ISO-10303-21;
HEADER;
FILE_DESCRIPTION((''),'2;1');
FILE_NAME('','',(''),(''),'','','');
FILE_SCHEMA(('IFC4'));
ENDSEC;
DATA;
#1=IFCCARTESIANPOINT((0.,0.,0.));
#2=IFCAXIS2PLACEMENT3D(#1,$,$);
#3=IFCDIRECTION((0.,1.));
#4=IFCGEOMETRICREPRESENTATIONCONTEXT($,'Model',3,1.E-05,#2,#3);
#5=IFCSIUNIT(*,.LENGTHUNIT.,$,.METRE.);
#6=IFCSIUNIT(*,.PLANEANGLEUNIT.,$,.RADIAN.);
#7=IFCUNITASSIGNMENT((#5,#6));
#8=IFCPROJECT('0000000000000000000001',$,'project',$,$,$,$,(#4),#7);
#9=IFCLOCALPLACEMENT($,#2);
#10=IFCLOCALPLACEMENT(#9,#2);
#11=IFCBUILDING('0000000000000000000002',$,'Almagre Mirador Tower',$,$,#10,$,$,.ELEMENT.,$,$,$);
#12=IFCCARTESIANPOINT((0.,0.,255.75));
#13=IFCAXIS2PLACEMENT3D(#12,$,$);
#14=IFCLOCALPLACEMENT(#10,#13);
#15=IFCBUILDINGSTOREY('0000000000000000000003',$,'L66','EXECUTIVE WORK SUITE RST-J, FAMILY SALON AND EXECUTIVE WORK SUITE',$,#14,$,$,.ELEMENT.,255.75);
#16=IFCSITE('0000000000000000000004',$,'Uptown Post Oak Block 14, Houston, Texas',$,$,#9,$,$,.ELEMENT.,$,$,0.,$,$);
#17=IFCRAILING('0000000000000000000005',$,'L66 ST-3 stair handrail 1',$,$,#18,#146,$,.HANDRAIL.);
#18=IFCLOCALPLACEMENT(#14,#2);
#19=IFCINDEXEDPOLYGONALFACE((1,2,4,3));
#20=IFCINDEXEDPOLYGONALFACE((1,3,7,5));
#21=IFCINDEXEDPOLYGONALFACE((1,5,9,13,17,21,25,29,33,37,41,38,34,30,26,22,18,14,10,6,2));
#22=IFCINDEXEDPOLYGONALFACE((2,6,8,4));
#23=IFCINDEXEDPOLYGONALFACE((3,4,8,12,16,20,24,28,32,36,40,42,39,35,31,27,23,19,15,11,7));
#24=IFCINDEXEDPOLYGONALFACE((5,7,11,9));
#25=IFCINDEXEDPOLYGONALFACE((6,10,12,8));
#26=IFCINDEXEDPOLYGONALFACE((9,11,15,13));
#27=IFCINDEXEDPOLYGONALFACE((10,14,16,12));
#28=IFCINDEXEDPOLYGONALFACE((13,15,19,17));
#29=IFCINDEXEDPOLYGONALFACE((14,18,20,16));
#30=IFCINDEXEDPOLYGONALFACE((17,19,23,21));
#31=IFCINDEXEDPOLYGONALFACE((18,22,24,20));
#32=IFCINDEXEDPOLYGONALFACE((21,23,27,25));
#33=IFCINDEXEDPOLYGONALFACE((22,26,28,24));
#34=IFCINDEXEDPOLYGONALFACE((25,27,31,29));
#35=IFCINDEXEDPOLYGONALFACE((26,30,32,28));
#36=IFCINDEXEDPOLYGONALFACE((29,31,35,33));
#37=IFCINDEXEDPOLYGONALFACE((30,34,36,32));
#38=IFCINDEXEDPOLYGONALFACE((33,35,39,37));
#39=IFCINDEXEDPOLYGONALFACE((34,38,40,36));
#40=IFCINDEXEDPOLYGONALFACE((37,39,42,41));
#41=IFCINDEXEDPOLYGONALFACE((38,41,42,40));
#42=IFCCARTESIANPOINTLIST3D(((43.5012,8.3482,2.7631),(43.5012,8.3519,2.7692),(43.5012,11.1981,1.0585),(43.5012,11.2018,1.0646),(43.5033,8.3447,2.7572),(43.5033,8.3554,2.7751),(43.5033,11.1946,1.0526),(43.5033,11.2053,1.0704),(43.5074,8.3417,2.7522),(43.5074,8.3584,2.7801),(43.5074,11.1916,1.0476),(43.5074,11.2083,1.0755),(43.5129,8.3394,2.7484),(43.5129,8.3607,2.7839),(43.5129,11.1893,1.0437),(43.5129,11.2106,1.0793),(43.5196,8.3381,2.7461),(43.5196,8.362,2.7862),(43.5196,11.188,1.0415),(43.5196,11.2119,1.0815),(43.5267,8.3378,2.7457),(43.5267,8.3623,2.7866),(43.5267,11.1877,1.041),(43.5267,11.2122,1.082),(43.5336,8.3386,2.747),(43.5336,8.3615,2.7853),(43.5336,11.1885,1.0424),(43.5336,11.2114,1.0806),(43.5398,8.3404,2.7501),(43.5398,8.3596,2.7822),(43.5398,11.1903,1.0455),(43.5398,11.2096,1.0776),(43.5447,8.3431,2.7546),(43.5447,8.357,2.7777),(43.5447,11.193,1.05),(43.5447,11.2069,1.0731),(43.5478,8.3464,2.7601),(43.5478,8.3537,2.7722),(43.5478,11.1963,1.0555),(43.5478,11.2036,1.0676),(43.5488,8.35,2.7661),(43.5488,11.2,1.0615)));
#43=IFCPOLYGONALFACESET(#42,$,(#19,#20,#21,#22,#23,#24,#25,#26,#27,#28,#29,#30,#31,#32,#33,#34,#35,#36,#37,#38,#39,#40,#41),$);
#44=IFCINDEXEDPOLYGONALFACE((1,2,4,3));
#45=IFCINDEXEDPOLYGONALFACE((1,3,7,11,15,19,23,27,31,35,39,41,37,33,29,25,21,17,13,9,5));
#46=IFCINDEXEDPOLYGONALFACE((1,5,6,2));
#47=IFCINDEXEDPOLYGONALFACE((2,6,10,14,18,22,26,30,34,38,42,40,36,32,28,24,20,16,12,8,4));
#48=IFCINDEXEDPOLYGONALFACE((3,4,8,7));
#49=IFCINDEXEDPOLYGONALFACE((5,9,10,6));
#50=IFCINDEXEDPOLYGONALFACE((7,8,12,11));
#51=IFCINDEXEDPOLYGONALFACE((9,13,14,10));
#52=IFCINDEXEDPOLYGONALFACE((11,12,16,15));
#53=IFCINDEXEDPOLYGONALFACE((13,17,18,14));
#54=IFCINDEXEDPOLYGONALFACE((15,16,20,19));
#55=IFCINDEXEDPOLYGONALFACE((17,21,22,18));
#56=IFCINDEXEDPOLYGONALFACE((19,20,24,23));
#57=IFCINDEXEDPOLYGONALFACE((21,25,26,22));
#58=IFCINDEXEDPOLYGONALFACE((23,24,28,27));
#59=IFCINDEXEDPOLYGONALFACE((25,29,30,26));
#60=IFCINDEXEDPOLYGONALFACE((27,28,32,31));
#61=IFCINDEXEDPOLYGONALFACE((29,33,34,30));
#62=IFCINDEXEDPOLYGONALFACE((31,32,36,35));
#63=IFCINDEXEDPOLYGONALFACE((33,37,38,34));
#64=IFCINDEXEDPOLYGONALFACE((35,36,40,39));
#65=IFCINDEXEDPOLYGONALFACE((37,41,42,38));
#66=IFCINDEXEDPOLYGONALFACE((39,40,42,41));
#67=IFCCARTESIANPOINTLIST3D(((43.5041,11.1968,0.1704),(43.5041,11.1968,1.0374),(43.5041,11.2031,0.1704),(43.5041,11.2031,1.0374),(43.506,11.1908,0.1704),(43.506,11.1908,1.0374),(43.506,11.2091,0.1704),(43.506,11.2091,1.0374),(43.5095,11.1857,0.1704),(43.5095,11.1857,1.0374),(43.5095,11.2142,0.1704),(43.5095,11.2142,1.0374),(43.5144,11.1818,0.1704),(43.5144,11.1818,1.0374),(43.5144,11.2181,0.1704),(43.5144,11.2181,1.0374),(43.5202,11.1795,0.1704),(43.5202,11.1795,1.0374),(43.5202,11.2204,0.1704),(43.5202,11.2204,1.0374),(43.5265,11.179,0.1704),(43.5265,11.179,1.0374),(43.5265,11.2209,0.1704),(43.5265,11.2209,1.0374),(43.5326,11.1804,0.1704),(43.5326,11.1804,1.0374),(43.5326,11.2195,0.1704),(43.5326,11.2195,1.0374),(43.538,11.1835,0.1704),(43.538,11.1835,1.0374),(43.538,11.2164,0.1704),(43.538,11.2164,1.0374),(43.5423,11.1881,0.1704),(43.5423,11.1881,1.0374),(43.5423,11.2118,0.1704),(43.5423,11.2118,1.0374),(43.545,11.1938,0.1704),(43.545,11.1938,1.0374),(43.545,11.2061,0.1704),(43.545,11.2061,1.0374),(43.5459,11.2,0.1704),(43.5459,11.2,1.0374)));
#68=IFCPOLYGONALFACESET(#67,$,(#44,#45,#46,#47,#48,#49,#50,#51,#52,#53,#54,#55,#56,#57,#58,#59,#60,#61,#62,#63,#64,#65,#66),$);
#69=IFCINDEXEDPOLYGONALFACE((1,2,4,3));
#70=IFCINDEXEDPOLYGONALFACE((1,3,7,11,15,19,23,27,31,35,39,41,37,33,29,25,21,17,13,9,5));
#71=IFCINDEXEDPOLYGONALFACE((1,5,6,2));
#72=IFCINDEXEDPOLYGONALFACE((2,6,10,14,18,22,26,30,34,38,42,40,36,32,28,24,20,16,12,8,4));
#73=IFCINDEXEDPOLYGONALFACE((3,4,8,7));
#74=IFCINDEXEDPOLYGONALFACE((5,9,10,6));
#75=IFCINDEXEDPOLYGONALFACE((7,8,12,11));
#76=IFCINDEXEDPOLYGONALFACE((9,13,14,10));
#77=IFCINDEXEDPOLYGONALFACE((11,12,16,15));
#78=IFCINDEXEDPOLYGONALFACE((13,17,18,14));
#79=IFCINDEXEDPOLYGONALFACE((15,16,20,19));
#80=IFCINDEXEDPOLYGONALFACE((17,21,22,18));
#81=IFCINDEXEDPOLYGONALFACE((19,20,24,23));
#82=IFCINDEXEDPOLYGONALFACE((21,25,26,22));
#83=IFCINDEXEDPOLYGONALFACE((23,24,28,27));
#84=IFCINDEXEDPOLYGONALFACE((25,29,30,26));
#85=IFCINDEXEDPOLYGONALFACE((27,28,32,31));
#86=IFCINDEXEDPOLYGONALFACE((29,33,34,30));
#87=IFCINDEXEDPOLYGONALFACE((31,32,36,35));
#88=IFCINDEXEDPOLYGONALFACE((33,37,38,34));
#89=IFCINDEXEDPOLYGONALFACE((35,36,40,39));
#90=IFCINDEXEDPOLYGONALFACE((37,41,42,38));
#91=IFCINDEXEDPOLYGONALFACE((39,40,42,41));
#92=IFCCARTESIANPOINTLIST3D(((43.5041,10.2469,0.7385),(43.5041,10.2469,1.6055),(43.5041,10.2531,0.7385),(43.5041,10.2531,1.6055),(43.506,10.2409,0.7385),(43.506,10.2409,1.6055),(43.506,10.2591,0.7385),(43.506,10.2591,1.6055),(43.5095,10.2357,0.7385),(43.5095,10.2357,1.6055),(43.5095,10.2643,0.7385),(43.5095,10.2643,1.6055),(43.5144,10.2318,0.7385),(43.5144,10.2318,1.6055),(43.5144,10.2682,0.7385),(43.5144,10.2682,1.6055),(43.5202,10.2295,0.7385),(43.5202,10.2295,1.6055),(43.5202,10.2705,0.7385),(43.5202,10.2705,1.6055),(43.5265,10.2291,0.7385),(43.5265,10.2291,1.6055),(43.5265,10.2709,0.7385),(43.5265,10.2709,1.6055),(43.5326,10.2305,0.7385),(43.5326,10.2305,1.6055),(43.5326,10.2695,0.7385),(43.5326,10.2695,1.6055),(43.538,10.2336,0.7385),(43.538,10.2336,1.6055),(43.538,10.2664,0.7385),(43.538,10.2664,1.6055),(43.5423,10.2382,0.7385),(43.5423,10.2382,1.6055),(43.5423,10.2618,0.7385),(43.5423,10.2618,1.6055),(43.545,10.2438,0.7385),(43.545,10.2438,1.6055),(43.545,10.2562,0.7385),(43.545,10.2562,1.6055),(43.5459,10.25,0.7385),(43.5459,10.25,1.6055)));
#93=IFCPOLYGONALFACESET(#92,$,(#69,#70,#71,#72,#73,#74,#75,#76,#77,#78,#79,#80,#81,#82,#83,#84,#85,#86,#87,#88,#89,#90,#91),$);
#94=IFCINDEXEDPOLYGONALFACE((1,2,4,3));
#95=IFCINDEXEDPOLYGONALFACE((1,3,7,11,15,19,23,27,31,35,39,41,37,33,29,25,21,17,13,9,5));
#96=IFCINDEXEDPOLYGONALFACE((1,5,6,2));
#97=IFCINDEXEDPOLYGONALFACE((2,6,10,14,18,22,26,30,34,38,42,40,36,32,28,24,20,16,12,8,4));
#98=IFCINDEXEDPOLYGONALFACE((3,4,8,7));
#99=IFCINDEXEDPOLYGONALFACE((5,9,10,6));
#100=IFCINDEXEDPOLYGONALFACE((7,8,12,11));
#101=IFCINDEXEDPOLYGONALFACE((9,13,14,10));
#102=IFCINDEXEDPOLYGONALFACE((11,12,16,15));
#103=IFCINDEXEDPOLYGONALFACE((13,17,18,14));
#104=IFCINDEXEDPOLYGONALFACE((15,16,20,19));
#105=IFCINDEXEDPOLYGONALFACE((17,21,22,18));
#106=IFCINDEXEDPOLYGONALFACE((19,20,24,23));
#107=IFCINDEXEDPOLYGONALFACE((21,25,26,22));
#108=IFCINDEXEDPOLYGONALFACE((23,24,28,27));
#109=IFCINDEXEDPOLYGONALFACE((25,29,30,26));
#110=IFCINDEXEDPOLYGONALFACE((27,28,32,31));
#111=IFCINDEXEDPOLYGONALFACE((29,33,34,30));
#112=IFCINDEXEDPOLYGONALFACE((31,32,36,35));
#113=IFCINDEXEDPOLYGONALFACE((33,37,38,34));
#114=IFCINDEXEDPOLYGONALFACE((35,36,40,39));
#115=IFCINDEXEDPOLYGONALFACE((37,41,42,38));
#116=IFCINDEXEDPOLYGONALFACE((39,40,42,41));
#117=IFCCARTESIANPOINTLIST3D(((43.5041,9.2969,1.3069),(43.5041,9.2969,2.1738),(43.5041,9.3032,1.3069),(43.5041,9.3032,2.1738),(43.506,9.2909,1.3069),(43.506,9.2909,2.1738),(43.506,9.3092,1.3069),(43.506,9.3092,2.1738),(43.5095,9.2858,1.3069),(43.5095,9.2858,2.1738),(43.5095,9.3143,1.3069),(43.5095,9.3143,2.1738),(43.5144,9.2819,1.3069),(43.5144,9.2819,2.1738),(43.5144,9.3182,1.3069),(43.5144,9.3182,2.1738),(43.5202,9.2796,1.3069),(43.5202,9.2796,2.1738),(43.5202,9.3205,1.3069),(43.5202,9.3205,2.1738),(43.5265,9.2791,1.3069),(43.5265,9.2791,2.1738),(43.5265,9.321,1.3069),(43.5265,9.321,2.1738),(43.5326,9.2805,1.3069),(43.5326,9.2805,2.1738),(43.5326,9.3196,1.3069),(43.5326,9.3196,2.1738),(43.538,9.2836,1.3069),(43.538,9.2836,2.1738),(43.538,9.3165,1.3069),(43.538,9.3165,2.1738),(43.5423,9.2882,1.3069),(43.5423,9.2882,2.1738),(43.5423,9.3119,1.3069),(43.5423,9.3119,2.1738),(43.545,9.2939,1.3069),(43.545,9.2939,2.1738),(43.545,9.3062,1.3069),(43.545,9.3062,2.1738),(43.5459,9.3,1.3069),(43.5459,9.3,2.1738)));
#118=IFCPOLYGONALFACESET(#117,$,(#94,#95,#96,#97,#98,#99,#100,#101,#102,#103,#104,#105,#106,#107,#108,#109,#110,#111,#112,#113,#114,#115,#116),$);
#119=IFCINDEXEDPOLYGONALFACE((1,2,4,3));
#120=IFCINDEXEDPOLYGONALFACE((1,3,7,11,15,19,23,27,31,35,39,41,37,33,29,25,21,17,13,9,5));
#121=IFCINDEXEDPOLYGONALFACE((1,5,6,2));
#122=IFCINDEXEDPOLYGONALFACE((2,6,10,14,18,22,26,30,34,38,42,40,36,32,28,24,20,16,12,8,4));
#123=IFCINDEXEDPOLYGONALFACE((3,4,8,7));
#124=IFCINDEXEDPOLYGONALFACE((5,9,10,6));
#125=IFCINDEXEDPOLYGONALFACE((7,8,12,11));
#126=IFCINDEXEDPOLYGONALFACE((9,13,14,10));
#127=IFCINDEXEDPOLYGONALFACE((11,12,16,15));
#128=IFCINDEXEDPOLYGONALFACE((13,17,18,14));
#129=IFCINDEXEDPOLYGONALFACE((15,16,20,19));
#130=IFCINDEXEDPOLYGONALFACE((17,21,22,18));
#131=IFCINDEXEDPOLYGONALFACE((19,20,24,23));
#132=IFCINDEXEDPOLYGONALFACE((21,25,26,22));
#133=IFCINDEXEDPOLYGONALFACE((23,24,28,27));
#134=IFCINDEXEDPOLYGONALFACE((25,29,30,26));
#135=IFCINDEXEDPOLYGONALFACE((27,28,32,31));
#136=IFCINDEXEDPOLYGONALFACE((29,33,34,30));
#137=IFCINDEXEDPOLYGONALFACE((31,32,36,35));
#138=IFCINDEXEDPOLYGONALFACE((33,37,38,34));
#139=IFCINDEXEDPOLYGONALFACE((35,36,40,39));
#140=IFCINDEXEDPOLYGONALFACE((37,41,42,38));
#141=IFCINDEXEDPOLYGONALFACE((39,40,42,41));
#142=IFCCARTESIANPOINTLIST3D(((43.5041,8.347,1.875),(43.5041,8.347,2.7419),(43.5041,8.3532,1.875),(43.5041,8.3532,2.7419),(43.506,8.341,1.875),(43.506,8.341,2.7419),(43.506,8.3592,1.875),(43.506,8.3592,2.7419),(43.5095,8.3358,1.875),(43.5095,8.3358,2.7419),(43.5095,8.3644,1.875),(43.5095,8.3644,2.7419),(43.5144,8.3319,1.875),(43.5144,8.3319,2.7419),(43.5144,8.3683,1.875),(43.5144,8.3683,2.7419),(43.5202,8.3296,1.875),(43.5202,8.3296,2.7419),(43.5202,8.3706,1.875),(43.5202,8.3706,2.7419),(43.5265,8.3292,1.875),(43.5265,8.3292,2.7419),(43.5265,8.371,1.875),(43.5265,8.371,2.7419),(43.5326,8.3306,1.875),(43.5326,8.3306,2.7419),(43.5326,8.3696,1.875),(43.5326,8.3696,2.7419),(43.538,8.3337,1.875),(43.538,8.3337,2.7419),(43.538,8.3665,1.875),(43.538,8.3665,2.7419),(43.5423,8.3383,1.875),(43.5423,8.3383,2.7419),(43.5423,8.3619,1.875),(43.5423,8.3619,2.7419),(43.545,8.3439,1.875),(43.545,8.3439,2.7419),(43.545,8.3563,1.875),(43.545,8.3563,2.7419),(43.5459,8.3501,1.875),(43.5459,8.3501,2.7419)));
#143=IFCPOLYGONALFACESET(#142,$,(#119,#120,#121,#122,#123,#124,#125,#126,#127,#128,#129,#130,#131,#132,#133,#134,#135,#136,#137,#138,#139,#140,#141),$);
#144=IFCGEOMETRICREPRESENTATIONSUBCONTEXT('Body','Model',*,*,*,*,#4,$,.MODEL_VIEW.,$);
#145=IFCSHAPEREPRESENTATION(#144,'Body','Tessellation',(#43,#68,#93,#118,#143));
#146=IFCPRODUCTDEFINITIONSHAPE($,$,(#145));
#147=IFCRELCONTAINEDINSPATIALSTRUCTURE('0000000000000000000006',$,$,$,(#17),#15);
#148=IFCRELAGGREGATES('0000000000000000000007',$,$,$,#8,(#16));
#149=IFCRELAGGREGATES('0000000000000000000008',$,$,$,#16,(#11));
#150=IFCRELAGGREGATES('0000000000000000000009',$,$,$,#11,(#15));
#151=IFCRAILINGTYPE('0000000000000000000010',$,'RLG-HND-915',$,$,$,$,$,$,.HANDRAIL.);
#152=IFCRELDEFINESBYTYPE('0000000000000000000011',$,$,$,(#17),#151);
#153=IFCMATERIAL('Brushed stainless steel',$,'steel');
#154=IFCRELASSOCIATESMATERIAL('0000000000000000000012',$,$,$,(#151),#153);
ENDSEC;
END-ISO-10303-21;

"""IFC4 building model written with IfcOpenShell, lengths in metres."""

from ifc_helpers import new_model, si_unit, direction, frame, origin, origin_2d, place, context, subcontext, project, spatial, circle, extrude, material, type_object, element, save


model = new_model("IFC4")

# Units and contexts
model_context = context("Model", 3, precision=1e-05, world=origin(), true_north=direction((0.0, 1.0)))
body_context = subcontext(model_context, "Body", "Model", "MODEL_VIEW")
ifc_project = project(units=[si_unit("LENGTHUNIT", "METRE"), si_unit("PLANEANGLEUNIT", "RADIAN")], contexts=[model_context])

# Site, building, storey
site_placement = place(None, origin())
site = spatial("IfcSite", under=ifc_project, at=site_placement, Name="Uptown Post Oak Block 14, Houston, Texas", CompositionType="ELEMENT", RefElevation=0.0)
building_placement = place(site_placement, origin())
building = spatial("IfcBuilding", under=site, at=building_placement, Name="Almagre Mirador Tower", CompositionType="ELEMENT")
storey_placement = place(building_placement, frame((0.0, 0.0, 255.75)))
storey = spatial("IfcBuildingStorey", under=building, at=storey_placement, Name="L66", Description="EXECUTIVE WORK SUITE RST-J, FAMILY SALON AND EXECUTIVE WORK SUITE", CompositionType="ELEMENT", Elevation=255.75)

# Railing
ifc_material_1 = material(Name="Brushed stainless steel", Category="steel")
railing_type_1 = type_object("IfcRailingType", Name="RLG-HND-915", PredefinedType="HANDRAIL", material=ifc_material_1)
railing_1_placement = place(storey_placement, frame((43.5249, 11.2, 0.1704)))
element("IfcRailing", 1, at=railing_1_placement, inside=storey, type_object=railing_type_1, Name="L66 ST-3 stair handrail 1", PredefinedType="HANDRAIL", context=body_context, shape_type="SweptSolid", body=[
    extrude(circle(Radius=0.0239, at=origin_2d()), frame((0.0, 0.0, 0.8911), z_axis=(0.0, -0.858199, 0.513317), x_axis=(1.0, 0.0, 0.0)), (0.0, 0.0, 1.0), 3.3208),
    extrude(circle(Radius=0.021, at=origin_2d()), origin(), (0.0, 0.0, 1.0), 0.8669),
    extrude(circle(Radius=0.021, at=origin_2d()), frame((0.0, -0.95, 0.5681)), (0.0, 0.0, 1.0), 0.8669),
    extrude(circle(Radius=0.021, at=origin_2d()), frame((0.0, -1.8999, 1.1365)), (0.0, 0.0, 1.0), 0.8669),
    extrude(circle(Radius=0.021, at=origin_2d()), frame((0.0, -2.8499, 1.7046)), (0.0, 0.0, 1.0), 0.8669),
])

save(model, "model.ifc")
